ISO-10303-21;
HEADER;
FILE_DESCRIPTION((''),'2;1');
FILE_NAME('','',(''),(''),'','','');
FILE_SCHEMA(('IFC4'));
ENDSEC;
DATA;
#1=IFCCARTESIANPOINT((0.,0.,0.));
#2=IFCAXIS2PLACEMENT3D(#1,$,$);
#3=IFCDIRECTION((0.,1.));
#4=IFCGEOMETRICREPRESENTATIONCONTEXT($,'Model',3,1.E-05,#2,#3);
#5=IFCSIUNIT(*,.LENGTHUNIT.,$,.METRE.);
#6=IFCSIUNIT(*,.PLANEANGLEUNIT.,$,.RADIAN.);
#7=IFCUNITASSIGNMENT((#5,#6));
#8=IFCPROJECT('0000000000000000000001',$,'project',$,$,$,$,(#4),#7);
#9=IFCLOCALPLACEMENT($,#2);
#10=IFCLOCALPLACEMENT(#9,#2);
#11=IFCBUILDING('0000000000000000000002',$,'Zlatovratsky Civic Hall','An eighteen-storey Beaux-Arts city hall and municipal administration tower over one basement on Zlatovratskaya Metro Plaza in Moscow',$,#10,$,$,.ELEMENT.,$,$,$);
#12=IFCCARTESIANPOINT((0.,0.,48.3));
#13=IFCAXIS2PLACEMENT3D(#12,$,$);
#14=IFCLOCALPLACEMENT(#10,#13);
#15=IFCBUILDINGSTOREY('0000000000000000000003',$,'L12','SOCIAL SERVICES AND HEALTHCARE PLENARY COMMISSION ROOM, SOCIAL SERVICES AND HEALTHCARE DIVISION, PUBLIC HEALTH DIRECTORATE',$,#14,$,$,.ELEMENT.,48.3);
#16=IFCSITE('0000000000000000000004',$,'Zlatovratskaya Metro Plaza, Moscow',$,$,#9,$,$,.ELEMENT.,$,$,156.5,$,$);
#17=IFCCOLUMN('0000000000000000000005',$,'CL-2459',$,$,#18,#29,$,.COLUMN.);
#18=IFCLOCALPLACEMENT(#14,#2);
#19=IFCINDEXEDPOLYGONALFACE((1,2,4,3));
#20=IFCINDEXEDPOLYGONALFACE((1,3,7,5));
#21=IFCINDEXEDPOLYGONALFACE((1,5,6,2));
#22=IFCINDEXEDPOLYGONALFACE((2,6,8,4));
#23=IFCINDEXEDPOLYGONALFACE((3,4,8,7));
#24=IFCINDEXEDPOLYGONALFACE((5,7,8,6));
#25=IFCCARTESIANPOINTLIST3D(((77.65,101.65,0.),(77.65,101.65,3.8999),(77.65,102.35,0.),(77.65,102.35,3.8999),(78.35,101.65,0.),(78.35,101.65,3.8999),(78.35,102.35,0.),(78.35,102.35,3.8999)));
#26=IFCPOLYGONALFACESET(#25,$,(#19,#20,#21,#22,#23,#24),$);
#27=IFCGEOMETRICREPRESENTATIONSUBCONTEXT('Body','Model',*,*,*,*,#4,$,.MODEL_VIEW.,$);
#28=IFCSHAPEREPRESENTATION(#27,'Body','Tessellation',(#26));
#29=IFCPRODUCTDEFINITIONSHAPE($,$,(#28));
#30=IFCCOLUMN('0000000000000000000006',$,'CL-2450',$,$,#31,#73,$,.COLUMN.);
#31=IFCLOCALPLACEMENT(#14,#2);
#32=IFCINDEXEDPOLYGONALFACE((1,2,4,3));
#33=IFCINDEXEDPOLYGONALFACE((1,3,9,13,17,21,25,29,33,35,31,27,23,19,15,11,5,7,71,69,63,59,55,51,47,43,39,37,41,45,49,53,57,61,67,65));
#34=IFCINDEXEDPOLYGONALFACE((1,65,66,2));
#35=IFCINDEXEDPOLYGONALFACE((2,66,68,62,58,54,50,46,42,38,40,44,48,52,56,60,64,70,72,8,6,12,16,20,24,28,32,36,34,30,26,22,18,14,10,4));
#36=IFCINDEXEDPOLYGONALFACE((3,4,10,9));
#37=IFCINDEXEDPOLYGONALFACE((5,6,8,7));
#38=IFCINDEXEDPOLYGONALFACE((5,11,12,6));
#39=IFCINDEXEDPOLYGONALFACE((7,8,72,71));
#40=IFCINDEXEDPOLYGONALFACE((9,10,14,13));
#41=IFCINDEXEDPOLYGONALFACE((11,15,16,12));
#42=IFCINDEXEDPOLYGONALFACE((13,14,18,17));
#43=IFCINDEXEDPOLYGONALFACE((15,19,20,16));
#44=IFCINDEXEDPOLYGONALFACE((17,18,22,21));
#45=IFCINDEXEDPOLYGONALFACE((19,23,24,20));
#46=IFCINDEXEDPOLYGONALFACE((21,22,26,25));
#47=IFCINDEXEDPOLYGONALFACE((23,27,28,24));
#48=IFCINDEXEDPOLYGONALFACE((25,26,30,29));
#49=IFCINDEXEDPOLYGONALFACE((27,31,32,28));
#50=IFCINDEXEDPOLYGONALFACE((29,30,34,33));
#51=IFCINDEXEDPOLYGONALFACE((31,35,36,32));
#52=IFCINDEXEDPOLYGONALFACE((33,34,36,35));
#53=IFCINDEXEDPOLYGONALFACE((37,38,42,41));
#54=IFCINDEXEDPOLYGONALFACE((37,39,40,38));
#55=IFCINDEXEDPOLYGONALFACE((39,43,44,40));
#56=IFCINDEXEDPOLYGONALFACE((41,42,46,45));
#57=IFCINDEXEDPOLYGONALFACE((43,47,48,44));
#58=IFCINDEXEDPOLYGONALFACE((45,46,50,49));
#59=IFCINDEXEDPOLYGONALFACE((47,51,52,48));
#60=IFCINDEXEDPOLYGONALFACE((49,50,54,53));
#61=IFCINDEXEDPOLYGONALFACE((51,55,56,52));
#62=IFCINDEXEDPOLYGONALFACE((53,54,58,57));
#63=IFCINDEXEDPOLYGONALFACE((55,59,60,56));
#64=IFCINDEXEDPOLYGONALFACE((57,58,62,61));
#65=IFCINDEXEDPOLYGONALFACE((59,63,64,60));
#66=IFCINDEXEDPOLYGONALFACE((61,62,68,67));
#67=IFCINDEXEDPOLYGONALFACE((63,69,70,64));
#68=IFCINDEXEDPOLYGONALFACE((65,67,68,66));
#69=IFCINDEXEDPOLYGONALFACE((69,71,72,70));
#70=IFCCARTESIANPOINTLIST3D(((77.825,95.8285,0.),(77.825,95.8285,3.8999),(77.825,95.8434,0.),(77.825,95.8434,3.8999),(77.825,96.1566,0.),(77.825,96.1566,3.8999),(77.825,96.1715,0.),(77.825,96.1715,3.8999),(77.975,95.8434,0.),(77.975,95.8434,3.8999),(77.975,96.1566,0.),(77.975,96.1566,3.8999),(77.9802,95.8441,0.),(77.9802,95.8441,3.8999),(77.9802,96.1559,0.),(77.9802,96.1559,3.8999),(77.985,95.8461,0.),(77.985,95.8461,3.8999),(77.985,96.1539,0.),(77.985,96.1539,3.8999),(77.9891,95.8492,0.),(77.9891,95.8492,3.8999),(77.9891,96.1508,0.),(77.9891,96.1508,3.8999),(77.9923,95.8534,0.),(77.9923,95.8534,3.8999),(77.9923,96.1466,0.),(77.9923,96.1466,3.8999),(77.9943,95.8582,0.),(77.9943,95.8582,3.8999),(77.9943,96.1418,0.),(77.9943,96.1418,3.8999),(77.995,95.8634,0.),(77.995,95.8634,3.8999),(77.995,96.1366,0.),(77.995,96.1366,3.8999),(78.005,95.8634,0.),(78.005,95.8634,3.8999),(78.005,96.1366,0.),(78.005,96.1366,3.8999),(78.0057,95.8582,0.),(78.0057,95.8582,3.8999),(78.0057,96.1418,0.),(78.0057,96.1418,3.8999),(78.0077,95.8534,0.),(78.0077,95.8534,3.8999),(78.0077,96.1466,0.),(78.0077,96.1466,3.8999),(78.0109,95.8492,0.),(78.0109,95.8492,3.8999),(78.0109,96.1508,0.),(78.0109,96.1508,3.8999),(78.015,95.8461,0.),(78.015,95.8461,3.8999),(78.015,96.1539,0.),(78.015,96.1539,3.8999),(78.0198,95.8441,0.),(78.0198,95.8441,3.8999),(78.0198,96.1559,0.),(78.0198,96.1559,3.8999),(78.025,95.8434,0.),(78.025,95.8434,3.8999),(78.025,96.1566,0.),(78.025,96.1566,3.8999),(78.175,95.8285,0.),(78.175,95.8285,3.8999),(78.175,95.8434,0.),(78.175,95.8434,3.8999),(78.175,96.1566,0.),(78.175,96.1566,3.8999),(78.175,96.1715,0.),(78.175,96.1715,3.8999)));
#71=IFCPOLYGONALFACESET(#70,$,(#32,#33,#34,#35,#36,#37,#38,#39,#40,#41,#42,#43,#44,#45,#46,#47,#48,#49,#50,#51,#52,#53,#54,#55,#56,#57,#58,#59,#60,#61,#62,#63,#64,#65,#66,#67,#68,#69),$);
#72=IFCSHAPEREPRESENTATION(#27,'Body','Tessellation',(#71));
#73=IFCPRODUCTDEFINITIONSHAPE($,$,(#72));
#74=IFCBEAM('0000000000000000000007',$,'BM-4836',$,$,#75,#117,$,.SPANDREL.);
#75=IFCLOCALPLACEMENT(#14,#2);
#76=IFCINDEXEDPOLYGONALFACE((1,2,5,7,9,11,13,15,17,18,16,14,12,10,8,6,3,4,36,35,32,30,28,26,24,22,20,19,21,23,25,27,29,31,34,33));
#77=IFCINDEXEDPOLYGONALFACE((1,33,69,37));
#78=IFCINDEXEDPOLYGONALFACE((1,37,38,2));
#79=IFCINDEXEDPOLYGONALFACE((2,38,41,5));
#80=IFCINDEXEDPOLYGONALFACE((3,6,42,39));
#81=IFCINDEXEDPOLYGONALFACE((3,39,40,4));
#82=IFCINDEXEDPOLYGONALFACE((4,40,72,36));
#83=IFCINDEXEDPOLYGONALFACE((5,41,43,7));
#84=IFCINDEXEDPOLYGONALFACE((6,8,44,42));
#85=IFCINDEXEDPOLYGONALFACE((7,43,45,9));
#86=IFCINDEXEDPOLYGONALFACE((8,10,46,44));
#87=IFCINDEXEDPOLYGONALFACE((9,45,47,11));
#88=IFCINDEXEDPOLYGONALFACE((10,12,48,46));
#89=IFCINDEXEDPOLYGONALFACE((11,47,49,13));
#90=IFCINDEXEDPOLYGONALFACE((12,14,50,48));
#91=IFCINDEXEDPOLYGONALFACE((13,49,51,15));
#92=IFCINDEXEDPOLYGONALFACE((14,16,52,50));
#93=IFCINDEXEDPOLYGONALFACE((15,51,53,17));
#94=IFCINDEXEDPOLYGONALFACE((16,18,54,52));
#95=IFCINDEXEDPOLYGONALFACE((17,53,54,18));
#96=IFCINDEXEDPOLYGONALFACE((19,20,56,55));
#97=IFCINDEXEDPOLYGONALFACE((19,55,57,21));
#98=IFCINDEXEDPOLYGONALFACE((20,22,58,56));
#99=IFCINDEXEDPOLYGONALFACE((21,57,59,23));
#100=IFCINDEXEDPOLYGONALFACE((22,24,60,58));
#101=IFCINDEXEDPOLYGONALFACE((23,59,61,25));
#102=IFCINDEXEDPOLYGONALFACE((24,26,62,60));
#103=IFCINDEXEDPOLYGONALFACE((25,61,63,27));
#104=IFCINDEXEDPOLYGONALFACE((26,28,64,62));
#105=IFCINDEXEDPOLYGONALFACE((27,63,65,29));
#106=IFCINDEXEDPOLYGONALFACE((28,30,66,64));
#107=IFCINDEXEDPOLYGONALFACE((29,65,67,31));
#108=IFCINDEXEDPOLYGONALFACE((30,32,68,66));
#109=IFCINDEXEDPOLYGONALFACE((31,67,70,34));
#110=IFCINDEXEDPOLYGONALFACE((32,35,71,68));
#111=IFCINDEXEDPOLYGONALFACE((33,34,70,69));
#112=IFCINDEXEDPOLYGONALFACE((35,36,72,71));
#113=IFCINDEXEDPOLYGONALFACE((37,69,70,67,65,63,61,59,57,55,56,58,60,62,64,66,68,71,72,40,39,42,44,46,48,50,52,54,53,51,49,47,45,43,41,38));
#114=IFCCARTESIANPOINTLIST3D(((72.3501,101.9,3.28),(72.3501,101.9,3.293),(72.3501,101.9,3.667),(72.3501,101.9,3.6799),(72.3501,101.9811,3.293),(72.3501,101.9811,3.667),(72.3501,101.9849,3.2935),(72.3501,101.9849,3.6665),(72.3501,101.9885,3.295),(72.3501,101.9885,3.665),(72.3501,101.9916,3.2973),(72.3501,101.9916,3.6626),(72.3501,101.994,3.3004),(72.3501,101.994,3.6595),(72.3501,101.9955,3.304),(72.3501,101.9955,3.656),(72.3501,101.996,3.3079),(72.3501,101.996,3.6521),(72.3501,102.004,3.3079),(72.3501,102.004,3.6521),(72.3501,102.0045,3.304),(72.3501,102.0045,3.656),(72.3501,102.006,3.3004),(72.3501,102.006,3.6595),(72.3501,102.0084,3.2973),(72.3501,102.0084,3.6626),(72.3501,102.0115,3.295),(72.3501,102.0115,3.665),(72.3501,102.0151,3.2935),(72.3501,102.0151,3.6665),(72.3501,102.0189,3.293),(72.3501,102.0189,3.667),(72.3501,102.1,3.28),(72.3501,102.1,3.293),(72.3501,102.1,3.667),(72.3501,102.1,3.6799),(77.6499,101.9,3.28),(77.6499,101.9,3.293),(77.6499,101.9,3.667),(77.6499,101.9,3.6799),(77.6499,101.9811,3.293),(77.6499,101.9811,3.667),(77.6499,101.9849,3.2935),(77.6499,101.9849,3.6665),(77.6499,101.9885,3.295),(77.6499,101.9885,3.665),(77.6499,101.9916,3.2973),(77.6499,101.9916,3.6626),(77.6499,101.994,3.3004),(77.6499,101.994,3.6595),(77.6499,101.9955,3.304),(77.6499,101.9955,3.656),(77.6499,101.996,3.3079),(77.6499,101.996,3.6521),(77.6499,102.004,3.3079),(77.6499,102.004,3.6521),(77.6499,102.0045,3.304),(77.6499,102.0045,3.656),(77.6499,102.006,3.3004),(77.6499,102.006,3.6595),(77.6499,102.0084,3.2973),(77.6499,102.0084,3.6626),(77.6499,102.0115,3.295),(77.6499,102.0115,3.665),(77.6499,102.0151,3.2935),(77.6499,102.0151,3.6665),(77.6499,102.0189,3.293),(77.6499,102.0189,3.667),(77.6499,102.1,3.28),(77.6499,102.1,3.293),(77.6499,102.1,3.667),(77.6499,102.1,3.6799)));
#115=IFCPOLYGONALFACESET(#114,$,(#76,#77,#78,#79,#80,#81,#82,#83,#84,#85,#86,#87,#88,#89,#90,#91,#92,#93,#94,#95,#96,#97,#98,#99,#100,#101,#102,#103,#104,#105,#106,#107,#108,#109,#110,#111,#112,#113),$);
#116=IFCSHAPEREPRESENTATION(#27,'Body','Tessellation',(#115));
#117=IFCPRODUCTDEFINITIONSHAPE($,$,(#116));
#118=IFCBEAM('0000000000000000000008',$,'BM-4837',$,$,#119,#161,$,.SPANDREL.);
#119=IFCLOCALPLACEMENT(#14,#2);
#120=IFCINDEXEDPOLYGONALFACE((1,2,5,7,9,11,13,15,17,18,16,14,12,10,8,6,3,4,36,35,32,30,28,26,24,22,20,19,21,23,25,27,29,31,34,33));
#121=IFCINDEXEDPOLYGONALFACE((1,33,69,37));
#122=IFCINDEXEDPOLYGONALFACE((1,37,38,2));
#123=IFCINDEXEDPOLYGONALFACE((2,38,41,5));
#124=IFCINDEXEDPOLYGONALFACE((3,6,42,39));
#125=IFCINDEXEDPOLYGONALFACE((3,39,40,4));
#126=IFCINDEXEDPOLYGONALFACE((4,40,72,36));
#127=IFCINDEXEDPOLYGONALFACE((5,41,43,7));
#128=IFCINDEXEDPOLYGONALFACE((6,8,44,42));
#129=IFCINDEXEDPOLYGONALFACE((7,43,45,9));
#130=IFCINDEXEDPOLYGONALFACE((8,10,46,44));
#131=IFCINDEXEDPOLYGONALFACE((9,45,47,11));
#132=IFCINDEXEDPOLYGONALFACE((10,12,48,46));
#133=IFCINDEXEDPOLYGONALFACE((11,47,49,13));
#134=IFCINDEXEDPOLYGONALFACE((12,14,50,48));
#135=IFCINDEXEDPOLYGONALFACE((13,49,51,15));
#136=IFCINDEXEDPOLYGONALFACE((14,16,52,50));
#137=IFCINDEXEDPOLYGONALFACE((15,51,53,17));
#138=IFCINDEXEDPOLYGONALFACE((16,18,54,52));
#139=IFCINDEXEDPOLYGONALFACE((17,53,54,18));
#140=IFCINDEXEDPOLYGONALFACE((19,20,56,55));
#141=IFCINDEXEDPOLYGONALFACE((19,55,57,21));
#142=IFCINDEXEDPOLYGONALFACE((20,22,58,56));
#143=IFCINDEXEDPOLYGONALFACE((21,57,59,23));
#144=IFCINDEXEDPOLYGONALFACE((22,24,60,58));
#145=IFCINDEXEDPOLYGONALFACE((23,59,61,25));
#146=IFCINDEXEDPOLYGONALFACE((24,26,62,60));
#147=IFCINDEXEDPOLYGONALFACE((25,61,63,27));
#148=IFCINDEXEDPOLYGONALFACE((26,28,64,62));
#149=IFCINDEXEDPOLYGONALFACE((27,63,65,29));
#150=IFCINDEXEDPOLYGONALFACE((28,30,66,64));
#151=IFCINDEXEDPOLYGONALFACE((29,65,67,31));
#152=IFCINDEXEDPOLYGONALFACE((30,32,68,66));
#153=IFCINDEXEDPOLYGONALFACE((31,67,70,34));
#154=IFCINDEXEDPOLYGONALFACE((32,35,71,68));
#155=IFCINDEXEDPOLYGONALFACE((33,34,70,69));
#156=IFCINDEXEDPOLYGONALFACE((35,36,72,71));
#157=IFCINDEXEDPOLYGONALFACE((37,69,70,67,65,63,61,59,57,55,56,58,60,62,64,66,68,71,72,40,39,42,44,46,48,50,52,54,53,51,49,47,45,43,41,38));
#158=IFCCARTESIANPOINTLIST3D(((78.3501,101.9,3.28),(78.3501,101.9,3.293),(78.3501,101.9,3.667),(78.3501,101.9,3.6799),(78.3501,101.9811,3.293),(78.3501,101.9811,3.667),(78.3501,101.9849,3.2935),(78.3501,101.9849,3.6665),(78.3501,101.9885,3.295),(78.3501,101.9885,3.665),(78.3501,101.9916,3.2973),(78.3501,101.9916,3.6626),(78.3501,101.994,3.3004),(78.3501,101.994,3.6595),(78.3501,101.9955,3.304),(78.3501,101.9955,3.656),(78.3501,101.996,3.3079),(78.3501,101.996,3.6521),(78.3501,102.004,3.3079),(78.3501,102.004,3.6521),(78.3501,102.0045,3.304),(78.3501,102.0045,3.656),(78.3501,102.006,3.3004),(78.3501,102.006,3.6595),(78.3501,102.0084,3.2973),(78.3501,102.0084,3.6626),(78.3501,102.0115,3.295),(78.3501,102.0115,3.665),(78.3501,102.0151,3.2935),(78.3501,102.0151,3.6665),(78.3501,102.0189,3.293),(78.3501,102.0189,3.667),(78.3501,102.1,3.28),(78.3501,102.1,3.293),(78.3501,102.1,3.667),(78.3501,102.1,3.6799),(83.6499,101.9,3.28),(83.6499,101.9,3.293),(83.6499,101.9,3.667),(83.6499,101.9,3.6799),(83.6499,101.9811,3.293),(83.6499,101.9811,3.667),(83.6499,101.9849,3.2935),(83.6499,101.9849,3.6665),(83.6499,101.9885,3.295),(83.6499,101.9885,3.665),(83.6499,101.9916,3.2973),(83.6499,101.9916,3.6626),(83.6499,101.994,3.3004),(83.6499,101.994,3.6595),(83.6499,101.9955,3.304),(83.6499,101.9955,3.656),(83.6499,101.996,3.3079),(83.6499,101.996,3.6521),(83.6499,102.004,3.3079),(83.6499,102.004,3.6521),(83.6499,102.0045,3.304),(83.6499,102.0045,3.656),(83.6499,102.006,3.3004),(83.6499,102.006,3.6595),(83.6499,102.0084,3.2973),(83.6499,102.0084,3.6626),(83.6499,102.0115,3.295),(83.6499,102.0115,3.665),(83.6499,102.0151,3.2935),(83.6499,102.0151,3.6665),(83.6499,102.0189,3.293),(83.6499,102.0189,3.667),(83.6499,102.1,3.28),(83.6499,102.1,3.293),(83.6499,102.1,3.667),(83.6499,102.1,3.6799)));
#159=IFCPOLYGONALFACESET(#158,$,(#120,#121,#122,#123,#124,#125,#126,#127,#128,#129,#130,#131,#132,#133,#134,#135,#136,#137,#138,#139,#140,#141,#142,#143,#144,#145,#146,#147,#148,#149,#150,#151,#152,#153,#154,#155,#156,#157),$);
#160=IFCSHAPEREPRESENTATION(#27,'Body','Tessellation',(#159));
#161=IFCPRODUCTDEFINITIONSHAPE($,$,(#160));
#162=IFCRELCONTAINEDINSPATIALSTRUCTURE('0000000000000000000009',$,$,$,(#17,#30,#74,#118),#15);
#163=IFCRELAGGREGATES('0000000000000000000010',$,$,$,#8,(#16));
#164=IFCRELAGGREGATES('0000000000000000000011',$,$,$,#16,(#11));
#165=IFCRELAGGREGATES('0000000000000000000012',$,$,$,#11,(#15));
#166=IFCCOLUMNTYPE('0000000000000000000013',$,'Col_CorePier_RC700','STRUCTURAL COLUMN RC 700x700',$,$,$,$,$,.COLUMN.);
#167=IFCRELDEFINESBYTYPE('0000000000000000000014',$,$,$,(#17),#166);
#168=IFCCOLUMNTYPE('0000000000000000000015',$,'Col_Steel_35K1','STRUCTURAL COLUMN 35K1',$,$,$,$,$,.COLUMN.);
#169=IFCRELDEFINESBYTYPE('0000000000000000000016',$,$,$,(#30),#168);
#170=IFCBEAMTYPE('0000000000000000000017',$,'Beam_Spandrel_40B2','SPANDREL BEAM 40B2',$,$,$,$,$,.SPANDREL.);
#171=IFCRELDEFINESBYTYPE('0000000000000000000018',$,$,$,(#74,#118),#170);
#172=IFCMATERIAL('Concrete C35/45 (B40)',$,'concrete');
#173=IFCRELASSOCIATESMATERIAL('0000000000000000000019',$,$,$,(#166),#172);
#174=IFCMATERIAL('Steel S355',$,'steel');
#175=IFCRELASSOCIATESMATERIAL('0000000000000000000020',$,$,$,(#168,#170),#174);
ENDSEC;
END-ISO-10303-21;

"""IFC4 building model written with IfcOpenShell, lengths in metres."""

from ifc_helpers import new_model, si_unit, direction, frame, origin, origin_2d, place, context, subcontext, project, spatial, rectangle, i_section, extrude, material, material_profile, profile_set, type_object, element, save


model = new_model("IFC4")

# Units and contexts
model_context = context("Model", 3, precision=1e-05, world=origin(), true_north=direction((0.0, 1.0)))
body_context = subcontext(model_context, "Body", "Model", "MODEL_VIEW")
ifc_project = project(units=[si_unit("LENGTHUNIT", "METRE"), si_unit("PLANEANGLEUNIT", "RADIAN")], contexts=[model_context])

# Site, building, storey
site_placement = place(None, origin())
site = spatial("IfcSite", under=ifc_project, at=site_placement, Name="Zlatovratskaya Metro Plaza, Moscow", CompositionType="ELEMENT", RefElevation=156.5)
building_placement = place(site_placement, origin())
building = spatial("IfcBuilding", under=site, at=building_placement, Name="Zlatovratsky Civic Hall", Description="An eighteen-storey Beaux-Arts city hall and municipal administration tower over one basement on Zlatovratskaya Metro Plaza in Moscow", CompositionType="ELEMENT")
storey_placement = place(building_placement, frame((0.0, 0.0, 48.3)))
storey = spatial("IfcBuildingStorey", under=building, at=storey_placement, Name="L12", Description="SOCIAL SERVICES AND HEALTHCARE PLENARY COMMISSION ROOM, SOCIAL SERVICES AND HEALTHCARE DIVISION, PUBLIC HEALTH DIRECTORATE", CompositionType="ELEMENT", Elevation=48.3)

# Columns
ifc_material_1 = material(Name="Concrete C35/45 (B40)", Category="concrete")
ifc_material_profile_1 = material_profile(ifc_material_1, rectangle(XDim=0.7, YDim=0.7, at=origin_2d()), Name="RC 700x700")
ifc_profile_set_1 = profile_set([ifc_material_profile_1], Name="Concrete C35/45 (B40)")
column_type_1 = type_object("IfcColumnType", Name="Col_CorePier_RC700", Description="STRUCTURAL COLUMN RC 700x700", PredefinedType="COLUMN", material=ifc_profile_set_1)
column_1_placement = place(storey_placement, frame((78.0, 102.0, 0.0), z_axis=(0.0, 0.0, 1.0), x_axis=(1.0, 0.0, 0.0)))
element("IfcColumn", 1, at=column_1_placement, inside=storey, type_object=column_type_1, Name="CL-2459", PredefinedType="COLUMN", context=body_context, shape_type="SweptSolid", body=[
    extrude(rectangle(XDim=0.7, YDim=0.7, at=origin_2d()), origin(), (0.0, 0.0, 1.0), 3.8999),
])
ifc_material_2 = material(Name="Steel S355", Category="steel")
ifc_material_profile_2 = material_profile(ifc_material_2, i_section(OverallWidth=0.3501, OverallDepth=0.343, WebThickness=0.01, FlangeThickness=0.0149, FilletRadius=0.02, at=origin_2d()), Name="35K1")
ifc_profile_set_2 = profile_set([ifc_material_profile_2], Name="Steel S355")
column_type_2 = type_object("IfcColumnType", Name="Col_Steel_35K1", Description="STRUCTURAL COLUMN 35K1", PredefinedType="COLUMN", material=ifc_profile_set_2)
column_2_placement = place(storey_placement, frame((78.0, 96.0, 0.0), z_axis=(0.0, 0.0, 1.0), x_axis=(1.0, 0.0, 0.0)))
element("IfcColumn", 2, at=column_2_placement, inside=storey, type_object=column_type_2, Name="CL-2450", PredefinedType="COLUMN", context=body_context, shape_type="SweptSolid", body=[
    extrude(i_section(OverallWidth=0.3501, OverallDepth=0.343, WebThickness=0.01, FlangeThickness=0.0149, FilletRadius=0.02, at=origin_2d()), origin(), (0.0, 0.0, 1.0), 3.8999),
])

# Beams
ifc_material_profile_3 = material_profile(ifc_material_2, i_section(OverallWidth=0.2, OverallDepth=0.3999, WebThickness=0.0081, FlangeThickness=0.0129, FilletRadius=0.0149, at=origin_2d()), Name="40B2")
ifc_profile_set_3 = profile_set([ifc_material_profile_3], Name="Steel S355")
beam_type_1 = type_object("IfcBeamType", Name="Beam_Spandrel_40B2", Description="SPANDREL BEAM 40B2", PredefinedType="SPANDREL", material=ifc_profile_set_3)
for number, where, z_axis, x_axis, name in (
    (3, (72.3501, 102.0, 3.48), (1.0, 0.0, 0.0), (0.0, 1.0, 0.0), "BM-4836"),
    (4, (78.3501, 102.0, 3.48), (1.0, 0.0, 0.0), (0.0, 1.0, 0.0), "BM-4837"),
):
    element("IfcBeam", number, at=place(storey_placement, frame(where, z_axis=z_axis, x_axis=x_axis)), inside=storey, type_object=beam_type_1, Name=name, PredefinedType="SPANDREL", context=body_context, shape_type="SweptSolid", body=[
        extrude(i_section(OverallWidth=0.2, OverallDepth=0.3999, WebThickness=0.0081, FlangeThickness=0.0129, FilletRadius=0.0149, at=origin_2d()), origin(), (0.0, 0.0, 1.0), 5.2998),
    ])

save(model, "model.ifc")
